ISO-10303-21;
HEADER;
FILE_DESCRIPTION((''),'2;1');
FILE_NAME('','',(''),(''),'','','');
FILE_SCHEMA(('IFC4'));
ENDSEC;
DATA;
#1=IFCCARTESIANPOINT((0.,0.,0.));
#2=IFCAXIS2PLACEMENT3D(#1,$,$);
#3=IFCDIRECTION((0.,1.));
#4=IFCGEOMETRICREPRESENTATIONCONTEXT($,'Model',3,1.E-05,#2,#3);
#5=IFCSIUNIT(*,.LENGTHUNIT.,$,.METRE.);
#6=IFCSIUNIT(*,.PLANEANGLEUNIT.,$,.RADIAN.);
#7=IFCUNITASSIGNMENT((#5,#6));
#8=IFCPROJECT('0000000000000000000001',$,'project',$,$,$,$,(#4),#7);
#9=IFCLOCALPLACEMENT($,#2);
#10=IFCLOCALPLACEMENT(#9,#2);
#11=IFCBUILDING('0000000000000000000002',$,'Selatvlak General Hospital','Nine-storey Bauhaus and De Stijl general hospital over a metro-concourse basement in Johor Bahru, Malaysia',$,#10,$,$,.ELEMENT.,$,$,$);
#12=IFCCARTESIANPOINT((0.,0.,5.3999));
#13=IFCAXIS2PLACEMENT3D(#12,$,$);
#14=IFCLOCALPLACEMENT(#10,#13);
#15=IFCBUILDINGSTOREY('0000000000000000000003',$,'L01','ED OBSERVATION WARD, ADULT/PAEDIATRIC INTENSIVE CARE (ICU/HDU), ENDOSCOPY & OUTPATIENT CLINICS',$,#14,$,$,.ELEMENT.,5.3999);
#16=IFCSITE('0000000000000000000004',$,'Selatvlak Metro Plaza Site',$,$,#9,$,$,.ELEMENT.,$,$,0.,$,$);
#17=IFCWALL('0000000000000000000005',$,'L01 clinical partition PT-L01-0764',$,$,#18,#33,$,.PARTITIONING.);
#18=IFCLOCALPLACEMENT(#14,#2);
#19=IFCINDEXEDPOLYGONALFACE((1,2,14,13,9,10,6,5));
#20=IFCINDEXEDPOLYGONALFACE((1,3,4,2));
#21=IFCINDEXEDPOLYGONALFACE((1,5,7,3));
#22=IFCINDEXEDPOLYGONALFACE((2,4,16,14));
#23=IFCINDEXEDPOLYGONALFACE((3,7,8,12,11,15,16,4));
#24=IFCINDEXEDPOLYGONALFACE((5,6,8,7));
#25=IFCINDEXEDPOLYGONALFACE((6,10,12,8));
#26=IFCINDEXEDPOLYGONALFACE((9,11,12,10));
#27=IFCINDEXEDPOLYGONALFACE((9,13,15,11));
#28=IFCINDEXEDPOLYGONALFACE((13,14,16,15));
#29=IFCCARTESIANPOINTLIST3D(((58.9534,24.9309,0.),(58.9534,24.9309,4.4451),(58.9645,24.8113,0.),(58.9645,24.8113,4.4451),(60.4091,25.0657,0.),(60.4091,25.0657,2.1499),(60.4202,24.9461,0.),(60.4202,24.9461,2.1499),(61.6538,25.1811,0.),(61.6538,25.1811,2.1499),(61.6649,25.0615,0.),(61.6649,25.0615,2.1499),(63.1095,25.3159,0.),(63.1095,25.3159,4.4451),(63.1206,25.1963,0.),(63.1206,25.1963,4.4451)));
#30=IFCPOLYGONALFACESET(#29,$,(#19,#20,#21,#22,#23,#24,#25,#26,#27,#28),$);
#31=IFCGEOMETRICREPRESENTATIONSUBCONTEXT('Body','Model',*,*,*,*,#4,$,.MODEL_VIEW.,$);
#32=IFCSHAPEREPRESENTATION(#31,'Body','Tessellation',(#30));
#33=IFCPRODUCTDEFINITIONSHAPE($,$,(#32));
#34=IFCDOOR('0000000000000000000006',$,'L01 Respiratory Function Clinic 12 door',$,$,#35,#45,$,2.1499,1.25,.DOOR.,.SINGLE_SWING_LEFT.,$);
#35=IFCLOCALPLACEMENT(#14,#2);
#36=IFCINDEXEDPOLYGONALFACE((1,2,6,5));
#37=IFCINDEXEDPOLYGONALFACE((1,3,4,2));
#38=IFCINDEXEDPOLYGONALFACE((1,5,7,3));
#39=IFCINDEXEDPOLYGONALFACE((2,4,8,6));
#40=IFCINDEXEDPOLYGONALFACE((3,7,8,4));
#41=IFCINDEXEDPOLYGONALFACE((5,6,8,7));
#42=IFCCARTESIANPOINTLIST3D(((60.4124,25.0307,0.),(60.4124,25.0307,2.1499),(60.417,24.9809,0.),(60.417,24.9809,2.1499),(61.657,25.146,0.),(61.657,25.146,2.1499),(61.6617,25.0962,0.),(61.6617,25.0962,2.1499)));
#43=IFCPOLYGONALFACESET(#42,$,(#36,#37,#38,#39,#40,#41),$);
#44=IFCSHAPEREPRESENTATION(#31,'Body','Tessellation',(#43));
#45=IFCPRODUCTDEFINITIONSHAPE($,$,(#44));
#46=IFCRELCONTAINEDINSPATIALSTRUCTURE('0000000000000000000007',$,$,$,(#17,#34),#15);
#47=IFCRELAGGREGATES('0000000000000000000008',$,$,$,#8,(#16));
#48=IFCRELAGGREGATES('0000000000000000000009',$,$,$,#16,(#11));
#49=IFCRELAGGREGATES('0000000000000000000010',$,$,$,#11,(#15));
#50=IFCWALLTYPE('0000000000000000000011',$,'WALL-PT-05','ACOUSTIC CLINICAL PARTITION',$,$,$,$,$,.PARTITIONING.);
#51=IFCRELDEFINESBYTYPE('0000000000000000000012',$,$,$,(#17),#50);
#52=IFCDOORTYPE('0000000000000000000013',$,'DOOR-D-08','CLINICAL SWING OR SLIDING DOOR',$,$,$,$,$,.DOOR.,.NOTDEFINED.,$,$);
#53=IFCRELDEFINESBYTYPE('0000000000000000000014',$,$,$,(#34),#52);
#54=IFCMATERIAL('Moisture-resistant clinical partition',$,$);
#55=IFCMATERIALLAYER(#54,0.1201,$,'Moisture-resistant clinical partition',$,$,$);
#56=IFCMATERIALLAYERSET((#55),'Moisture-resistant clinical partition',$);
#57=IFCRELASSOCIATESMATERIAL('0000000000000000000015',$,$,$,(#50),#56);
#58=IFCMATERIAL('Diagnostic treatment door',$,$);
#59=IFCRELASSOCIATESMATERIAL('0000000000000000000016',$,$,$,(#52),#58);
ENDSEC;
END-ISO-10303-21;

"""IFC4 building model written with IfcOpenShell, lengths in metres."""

from ifc_helpers import new_model, si_unit, direction, frame, frame_2d, origin, place, context, subcontext, project, spatial, rectangle, extrude, material, layer, layer_set, type_object, element, fill, save


model = new_model("IFC4")

# Units and contexts
model_context = context("Model", 3, precision=1e-05, world=origin(), true_north=direction((0.0, 1.0)))
body_context = subcontext(model_context, "Body", "Model", "MODEL_VIEW")
ifc_project = project(units=[si_unit("LENGTHUNIT", "METRE"), si_unit("PLANEANGLEUNIT", "RADIAN")], contexts=[model_context])

# Site, building, storey
site_placement = place(None, origin())
site = spatial("IfcSite", under=ifc_project, at=site_placement, Name="Selatvlak Metro Plaza Site", CompositionType="ELEMENT", RefElevation=0.0)
building_placement = place(site_placement, origin())
building = spatial("IfcBuilding", under=site, at=building_placement, Name="Selatvlak General Hospital", Description="Nine-storey Bauhaus and De Stijl general hospital over a metro-concourse basement in Johor Bahru, Malaysia", CompositionType="ELEMENT")
storey_placement = place(building_placement, frame((0.0, 0.0, 5.3999)))
storey = spatial("IfcBuildingStorey", under=building, at=storey_placement, Name="L01", Description="ED OBSERVATION WARD, ADULT/PAEDIATRIC INTENSIVE CARE (ICU/HDU), ENDOSCOPY & OUTPATIENT CLINICS", CompositionType="ELEMENT", Elevation=5.3999)

# Shared definitions
ifc_material_1 = material(Name="Moisture-resistant clinical partition")

# Shared definitions
ifc_layer_1 = layer(ifc_material_1, 0.1201, Name="Moisture-resistant clinical partition")
ifc_layer_set_1 = layer_set([ifc_layer_1], Name="Moisture-resistant clinical partition")
wall_type_1 = type_object("IfcWallType", Name="WALL-PT-05", Description="ACOUSTIC CLINICAL PARTITION", PredefinedType="PARTITIONING", material=ifc_layer_set_1)

# Wall, opening, door
wall_1_placement = place(storey_placement, frame((58.959, 24.8711, 0.0), z_axis=(0.0, 0.0, 1.0), x_axis=(0.995736, 0.092244, 0.0)))
wall_1 = element("IfcWall", 1, at=wall_1_placement, inside=storey, type_object=wall_type_1, Name="L01 clinical partition PT-L01-0764", PredefinedType="PARTITIONING", context=body_context, shape_type="SweptSolid", body=[
    extrude(rectangle(XDim=4.1738, YDim=0.1201, at=frame_2d((2.0869, 0.0))), origin(), (0.0, 0.0, 1.0), 4.4451),
])
opening_1_placement = place(wall_1_placement, frame((1.4619, 0.0, 0.0)))
opening_1 = element("IfcOpeningElement", 2, at=opening_1_placement, cuts=wall_1, PredefinedType="OPENING", context=body_context, shape_type="SweptSolid", body=[
    extrude(rectangle(XDim=1.25, YDim=2.1499, at=frame_2d((0.625, 1.075))), frame((0.0, 0.0701, 0.0), z_axis=(0.0, -1.0, 0.0), x_axis=(1.0, 0.0, 0.0)), (0.0, 0.0, 1.0), 0.1401),
])
ifc_material_2 = material(Name="Diagnostic treatment door")
door_type_1 = type_object("IfcDoorType", Name="DOOR-D-08", Description="CLINICAL SWING OR SLIDING DOOR", OperationType="NOTDEFINED", PredefinedType="DOOR", material=ifc_material_2)
door_1_placement = place(opening_1_placement, origin())
door_1 = element("IfcDoor", 3, at=door_1_placement, inside=storey, type_object=door_type_1, Name="L01 Respiratory Function Clinic 12 door", OperationType="SINGLE_SWING_LEFT", OverallHeight=2.1499, OverallWidth=1.25, PredefinedType="DOOR", context=body_context, shape_type="SweptSolid", body=[
    extrude(rectangle(XDim=1.25, YDim=2.1499, at=frame_2d((0.625, 1.075))), frame((0.0, 0.0249, 0.0), z_axis=(0.0, -1.0, 0.0), x_axis=(1.0, 0.0, 0.0)), (0.0, 0.0, 1.0), 0.05),
])
fill(opening_1, door_1)

save(model, "model.ifc")
